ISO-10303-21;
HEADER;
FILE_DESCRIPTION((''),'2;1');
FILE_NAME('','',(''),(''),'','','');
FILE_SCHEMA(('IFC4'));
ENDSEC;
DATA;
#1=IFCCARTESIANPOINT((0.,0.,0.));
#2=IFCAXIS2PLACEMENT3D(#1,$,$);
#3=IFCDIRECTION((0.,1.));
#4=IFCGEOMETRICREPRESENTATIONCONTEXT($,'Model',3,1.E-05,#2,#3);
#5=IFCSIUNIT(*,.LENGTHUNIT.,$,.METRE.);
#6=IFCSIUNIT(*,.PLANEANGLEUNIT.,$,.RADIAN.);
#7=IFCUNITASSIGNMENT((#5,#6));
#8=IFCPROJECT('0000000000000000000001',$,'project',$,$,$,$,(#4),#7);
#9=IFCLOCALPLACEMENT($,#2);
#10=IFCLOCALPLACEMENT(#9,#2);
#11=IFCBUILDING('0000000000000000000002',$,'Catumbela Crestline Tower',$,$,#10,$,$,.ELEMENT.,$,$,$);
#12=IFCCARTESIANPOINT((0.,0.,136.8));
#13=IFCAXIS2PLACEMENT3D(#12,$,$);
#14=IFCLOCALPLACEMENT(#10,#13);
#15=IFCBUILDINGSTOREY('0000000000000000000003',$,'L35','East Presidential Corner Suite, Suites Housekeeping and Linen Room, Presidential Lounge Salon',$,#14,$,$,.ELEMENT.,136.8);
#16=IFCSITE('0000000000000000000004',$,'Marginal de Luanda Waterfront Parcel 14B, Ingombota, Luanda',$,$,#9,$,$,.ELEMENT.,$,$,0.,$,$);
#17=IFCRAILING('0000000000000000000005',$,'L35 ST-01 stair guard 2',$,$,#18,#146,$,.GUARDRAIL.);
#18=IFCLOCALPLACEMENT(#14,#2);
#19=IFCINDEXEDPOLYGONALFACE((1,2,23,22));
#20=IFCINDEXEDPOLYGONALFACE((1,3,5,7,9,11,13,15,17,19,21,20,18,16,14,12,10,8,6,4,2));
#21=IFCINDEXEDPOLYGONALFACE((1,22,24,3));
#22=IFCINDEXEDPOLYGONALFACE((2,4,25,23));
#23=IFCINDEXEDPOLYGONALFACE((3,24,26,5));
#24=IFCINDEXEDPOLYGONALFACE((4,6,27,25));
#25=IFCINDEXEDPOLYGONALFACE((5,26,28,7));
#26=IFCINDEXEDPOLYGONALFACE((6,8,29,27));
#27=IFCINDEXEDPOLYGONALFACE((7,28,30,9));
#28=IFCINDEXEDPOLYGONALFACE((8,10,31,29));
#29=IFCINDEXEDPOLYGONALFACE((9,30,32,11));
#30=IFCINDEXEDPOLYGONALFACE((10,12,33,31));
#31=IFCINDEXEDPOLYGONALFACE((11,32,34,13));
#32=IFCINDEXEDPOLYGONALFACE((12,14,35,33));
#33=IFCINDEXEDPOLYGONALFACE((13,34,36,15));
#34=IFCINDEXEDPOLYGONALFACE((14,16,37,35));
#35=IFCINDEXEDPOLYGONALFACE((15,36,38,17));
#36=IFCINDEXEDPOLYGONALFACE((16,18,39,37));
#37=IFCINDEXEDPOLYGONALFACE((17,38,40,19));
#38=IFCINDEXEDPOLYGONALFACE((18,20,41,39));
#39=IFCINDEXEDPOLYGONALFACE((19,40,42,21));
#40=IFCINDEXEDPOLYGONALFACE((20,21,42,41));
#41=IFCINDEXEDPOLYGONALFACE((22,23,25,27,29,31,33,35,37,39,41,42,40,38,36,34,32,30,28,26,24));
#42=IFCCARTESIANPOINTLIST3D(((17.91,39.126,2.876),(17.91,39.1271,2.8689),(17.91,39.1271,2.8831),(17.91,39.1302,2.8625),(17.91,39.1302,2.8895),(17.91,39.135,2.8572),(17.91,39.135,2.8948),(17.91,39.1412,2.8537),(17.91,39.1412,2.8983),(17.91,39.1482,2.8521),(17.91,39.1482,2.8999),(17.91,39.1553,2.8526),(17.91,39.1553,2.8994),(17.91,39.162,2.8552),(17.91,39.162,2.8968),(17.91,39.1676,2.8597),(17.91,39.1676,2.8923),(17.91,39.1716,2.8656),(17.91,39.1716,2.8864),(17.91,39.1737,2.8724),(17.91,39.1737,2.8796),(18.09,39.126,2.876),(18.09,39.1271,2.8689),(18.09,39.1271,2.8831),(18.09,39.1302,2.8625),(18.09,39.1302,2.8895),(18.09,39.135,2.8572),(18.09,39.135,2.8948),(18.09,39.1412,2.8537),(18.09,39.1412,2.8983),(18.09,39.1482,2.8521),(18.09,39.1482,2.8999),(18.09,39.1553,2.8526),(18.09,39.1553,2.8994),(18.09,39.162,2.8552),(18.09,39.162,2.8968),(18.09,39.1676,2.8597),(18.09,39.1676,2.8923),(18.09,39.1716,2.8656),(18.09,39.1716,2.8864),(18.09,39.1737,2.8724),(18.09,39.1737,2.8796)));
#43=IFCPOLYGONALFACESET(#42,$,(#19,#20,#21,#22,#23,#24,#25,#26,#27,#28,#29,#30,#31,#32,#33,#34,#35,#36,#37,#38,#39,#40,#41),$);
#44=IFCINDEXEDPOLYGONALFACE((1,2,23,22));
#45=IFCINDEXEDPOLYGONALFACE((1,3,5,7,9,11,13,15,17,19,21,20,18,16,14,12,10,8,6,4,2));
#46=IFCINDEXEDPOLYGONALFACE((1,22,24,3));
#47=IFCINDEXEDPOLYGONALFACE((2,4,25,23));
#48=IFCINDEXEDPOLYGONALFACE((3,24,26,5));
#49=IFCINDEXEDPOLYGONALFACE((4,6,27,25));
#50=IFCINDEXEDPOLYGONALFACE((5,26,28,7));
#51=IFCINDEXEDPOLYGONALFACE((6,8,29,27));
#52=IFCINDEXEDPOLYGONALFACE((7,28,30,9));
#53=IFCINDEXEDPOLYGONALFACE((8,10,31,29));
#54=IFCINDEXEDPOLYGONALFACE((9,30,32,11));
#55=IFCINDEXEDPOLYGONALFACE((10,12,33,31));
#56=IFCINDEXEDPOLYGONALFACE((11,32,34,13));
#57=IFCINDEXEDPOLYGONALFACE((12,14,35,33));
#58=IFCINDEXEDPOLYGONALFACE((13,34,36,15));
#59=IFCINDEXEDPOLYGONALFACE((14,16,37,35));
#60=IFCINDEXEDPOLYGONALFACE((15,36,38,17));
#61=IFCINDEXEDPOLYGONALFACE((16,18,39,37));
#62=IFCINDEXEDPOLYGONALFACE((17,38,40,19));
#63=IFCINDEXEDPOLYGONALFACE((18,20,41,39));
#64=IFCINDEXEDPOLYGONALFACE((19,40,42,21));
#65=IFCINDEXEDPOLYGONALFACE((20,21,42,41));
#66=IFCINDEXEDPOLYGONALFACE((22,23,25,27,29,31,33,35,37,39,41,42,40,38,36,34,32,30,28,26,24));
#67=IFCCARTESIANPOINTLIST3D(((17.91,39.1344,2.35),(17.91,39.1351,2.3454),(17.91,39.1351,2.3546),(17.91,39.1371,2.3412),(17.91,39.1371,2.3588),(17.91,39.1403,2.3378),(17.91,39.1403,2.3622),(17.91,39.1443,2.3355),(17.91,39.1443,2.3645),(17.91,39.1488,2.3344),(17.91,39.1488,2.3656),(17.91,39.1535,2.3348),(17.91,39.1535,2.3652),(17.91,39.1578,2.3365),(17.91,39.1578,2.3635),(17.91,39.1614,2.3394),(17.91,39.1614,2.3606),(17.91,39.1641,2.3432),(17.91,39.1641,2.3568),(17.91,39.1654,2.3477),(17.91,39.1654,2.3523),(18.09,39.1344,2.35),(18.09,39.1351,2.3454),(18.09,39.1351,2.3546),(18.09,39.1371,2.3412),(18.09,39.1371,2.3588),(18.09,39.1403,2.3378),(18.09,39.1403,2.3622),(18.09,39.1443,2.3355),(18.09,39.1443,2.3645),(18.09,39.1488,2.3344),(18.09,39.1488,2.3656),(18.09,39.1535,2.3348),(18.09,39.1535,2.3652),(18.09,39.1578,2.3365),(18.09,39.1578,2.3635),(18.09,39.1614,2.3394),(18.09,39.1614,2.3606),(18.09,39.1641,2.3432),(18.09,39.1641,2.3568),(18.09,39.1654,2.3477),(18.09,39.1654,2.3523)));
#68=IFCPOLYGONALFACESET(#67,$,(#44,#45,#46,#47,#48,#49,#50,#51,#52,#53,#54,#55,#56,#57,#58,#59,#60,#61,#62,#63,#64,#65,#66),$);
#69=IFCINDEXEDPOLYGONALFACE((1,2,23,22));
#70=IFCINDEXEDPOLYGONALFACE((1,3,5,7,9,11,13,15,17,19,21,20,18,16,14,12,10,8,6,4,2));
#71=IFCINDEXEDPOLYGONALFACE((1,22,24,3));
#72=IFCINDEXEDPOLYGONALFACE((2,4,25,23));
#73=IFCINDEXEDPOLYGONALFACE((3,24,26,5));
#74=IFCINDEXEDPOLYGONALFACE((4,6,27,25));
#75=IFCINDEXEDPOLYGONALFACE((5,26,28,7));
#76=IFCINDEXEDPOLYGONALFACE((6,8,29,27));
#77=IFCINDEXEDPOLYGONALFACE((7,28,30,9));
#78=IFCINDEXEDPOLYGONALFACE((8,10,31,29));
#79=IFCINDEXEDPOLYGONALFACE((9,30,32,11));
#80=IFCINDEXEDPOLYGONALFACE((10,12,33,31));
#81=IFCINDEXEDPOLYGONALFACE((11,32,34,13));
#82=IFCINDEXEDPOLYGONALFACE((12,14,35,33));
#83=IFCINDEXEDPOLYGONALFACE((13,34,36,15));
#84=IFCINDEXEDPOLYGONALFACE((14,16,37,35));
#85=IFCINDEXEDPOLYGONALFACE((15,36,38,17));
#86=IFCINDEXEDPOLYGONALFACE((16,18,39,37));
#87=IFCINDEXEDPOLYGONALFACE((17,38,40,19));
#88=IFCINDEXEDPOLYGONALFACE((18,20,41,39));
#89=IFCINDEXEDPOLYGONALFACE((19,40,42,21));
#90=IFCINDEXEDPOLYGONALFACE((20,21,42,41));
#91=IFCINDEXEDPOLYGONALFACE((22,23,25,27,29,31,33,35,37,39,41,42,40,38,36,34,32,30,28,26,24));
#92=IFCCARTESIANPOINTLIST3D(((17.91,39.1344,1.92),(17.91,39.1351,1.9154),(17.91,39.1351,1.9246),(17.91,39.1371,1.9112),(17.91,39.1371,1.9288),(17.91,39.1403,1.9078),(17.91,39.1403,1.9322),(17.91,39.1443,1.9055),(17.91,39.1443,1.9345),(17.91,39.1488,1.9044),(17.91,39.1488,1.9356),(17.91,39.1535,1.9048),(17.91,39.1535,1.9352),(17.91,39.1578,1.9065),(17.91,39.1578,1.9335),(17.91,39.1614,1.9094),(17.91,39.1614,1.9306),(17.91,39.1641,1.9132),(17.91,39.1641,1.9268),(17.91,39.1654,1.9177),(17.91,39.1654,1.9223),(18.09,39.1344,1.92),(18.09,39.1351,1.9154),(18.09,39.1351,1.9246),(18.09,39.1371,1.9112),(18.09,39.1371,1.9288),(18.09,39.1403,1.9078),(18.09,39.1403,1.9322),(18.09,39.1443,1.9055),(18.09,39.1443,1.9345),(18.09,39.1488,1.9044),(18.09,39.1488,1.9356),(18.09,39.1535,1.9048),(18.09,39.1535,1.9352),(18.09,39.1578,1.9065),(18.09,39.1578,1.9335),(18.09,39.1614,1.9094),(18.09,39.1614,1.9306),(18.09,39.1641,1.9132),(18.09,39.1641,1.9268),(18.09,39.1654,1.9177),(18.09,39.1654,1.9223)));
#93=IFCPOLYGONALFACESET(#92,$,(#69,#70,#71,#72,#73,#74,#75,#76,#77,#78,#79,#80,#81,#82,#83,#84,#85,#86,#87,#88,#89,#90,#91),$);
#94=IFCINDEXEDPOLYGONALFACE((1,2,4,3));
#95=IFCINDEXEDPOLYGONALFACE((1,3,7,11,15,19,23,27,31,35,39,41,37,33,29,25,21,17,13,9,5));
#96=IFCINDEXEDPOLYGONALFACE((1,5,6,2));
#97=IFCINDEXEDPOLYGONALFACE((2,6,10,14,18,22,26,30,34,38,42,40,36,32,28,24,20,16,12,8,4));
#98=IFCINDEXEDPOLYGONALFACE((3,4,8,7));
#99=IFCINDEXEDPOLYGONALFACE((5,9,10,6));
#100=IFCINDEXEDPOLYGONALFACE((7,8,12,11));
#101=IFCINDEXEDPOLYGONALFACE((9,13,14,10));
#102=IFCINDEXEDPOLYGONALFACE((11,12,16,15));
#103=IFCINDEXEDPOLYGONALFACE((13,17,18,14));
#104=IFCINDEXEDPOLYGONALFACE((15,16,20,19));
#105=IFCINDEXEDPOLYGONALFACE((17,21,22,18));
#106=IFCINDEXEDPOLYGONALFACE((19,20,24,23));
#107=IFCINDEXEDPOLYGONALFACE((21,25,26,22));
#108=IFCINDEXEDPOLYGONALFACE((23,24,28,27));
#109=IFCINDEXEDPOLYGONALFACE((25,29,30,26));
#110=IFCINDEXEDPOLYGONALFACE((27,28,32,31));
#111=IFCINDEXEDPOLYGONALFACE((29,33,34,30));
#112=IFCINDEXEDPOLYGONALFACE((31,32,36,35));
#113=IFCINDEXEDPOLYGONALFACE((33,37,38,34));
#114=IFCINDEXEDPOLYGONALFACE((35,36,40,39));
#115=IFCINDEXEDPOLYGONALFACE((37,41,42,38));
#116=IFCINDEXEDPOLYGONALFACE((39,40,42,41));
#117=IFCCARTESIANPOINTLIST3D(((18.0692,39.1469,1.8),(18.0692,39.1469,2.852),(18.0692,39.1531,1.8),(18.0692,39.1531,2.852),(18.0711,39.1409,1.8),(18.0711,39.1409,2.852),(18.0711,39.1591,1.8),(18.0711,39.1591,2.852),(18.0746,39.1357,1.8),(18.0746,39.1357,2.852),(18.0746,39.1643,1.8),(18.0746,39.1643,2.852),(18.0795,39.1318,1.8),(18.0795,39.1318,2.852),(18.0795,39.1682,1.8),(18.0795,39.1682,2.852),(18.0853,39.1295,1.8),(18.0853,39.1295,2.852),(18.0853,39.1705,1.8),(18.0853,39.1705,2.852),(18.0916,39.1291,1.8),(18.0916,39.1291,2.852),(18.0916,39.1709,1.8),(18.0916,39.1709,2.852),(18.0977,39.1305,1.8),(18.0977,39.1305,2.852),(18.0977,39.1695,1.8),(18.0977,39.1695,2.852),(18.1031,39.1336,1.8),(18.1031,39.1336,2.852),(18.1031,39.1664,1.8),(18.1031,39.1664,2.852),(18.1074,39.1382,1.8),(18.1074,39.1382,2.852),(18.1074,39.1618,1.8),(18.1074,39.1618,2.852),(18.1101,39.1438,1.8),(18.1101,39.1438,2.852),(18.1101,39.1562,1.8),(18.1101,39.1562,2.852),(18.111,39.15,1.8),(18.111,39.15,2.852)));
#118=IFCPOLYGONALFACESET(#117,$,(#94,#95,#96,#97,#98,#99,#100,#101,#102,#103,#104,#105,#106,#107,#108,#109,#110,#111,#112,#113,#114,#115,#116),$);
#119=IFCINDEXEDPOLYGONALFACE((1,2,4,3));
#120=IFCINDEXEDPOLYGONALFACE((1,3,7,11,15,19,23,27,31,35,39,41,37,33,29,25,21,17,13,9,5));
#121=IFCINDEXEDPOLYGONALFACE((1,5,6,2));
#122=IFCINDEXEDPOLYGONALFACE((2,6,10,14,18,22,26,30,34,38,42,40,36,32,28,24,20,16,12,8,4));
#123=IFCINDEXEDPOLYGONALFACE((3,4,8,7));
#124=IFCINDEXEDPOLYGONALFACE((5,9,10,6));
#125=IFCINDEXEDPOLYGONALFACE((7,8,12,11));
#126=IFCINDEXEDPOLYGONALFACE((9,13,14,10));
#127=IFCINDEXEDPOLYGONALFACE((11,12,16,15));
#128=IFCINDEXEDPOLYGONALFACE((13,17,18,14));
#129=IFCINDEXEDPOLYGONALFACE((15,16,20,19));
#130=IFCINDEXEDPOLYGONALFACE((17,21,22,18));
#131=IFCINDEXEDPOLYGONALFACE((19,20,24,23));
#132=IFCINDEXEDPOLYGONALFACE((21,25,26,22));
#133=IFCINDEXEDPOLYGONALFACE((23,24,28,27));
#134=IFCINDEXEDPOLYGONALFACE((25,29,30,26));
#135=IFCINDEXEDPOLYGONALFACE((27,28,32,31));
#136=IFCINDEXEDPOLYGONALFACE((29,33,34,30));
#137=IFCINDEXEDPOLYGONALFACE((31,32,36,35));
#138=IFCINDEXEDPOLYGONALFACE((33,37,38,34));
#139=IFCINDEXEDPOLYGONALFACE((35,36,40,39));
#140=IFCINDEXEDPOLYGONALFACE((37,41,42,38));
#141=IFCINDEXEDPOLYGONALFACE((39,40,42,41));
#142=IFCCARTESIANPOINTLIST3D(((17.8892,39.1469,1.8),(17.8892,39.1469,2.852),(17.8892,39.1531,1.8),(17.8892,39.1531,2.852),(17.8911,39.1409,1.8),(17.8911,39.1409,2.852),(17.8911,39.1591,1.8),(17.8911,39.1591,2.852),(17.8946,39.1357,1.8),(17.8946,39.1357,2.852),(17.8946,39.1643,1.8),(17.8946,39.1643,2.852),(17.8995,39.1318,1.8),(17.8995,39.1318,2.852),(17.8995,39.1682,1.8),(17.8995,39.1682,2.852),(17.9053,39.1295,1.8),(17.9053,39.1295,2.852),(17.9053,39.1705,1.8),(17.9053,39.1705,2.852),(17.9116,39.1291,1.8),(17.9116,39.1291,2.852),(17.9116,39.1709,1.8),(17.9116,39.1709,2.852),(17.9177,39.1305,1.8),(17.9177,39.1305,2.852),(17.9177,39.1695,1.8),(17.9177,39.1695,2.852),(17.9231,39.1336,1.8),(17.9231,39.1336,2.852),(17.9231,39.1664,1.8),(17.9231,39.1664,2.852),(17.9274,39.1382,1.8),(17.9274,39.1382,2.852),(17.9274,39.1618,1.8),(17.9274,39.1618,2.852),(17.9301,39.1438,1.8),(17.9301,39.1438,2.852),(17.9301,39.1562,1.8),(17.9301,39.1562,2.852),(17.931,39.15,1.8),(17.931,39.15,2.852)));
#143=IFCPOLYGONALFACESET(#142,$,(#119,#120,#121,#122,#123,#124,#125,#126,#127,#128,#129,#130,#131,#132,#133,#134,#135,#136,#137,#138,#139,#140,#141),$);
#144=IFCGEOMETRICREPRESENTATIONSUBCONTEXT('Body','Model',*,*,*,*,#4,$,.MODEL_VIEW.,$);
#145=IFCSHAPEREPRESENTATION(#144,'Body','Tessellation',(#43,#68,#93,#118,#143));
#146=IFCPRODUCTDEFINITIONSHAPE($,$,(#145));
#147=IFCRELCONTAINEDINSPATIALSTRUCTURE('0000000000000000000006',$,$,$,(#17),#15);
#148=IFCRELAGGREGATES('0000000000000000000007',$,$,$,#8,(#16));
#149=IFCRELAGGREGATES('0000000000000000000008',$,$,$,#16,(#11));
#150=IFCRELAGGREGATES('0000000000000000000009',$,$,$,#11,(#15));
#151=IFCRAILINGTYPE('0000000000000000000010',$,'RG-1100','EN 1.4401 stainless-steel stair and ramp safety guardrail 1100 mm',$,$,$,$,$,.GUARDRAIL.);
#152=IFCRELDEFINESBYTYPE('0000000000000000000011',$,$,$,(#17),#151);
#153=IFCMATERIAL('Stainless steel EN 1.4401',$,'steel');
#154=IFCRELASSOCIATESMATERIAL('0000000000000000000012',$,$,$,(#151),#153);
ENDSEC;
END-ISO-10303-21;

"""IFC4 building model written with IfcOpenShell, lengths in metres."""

from ifc_helpers import new_model, si_unit, direction, frame, origin, origin_2d, place, context, subcontext, project, spatial, circle, extrude, material, type_object, element, save


model = new_model("IFC4")

# Units and contexts
model_context = context("Model", 3, precision=1e-05, world=origin(), true_north=direction((0.0, 1.0)))
body_context = subcontext(model_context, "Body", "Model", "MODEL_VIEW")
ifc_project = project(units=[si_unit("LENGTHUNIT", "METRE"), si_unit("PLANEANGLEUNIT", "RADIAN")], contexts=[model_context])

# Site, building, storey
site_placement = place(None, origin())
site = spatial("IfcSite", under=ifc_project, at=site_placement, Name="Marginal de Luanda Waterfront Parcel 14B, Ingombota, Luanda", CompositionType="ELEMENT", RefElevation=0.0)
building_placement = place(site_placement, origin())
building = spatial("IfcBuilding", under=site, at=building_placement, Name="Catumbela Crestline Tower", CompositionType="ELEMENT")
storey_placement = place(building_placement, frame((0.0, 0.0, 136.8)))
storey = spatial("IfcBuildingStorey", under=building, at=storey_placement, Name="L35", Description="East Presidential Corner Suite, Suites Housekeeping and Linen Room, Presidential Lounge Salon", CompositionType="ELEMENT", Elevation=136.8)

# Railing
ifc_material_1 = material(Name="Stainless steel EN 1.4401", Category="steel")
railing_type_1 = type_object("IfcRailingType", Name="RG-1100", Description="EN 1.4401 stainless-steel stair and ramp safety guardrail 1100 mm", PredefinedType="GUARDRAIL", material=ifc_material_1)
railing_1_placement = place(storey_placement, frame((18.09, 39.15, 1.8)))
element("IfcRailing", 1, at=railing_1_placement, inside=storey, type_object=railing_type_1, Name="L35 ST-01 stair guard 2", PredefinedType="GUARDRAIL", context=body_context, shape_type="SweptSolid", body=[
    extrude(circle(Radius=0.024, at=origin_2d()), frame((0.0, 0.0, 1.076), z_axis=(-1.0, 0.0, 0.0), x_axis=(0.0, -1.0, 0.0)), (0.0, 0.0, 1.0), 0.18),
    extrude(circle(Radius=0.0156, at=origin_2d()), frame((0.0, 0.0, 0.55), z_axis=(-1.0, 0.0, 0.0), x_axis=(0.0, -1.0, 0.0)), (0.0, 0.0, 1.0), 0.18),
    extrude(circle(Radius=0.0156, at=origin_2d()), frame((0.0, 0.0, 0.12), z_axis=(-1.0, 0.0, 0.0), x_axis=(0.0, -1.0, 0.0)), (0.0, 0.0, 1.0), 0.18),
    extrude(circle(Radius=0.021, at=origin_2d()), origin(), (0.0, 0.0, 1.0), 1.052),
    extrude(circle(Radius=0.021, at=origin_2d()), frame((-0.18, 0.0, 0.0)), (0.0, 0.0, 1.0), 1.052),
])

save(model, "model.ifc")
